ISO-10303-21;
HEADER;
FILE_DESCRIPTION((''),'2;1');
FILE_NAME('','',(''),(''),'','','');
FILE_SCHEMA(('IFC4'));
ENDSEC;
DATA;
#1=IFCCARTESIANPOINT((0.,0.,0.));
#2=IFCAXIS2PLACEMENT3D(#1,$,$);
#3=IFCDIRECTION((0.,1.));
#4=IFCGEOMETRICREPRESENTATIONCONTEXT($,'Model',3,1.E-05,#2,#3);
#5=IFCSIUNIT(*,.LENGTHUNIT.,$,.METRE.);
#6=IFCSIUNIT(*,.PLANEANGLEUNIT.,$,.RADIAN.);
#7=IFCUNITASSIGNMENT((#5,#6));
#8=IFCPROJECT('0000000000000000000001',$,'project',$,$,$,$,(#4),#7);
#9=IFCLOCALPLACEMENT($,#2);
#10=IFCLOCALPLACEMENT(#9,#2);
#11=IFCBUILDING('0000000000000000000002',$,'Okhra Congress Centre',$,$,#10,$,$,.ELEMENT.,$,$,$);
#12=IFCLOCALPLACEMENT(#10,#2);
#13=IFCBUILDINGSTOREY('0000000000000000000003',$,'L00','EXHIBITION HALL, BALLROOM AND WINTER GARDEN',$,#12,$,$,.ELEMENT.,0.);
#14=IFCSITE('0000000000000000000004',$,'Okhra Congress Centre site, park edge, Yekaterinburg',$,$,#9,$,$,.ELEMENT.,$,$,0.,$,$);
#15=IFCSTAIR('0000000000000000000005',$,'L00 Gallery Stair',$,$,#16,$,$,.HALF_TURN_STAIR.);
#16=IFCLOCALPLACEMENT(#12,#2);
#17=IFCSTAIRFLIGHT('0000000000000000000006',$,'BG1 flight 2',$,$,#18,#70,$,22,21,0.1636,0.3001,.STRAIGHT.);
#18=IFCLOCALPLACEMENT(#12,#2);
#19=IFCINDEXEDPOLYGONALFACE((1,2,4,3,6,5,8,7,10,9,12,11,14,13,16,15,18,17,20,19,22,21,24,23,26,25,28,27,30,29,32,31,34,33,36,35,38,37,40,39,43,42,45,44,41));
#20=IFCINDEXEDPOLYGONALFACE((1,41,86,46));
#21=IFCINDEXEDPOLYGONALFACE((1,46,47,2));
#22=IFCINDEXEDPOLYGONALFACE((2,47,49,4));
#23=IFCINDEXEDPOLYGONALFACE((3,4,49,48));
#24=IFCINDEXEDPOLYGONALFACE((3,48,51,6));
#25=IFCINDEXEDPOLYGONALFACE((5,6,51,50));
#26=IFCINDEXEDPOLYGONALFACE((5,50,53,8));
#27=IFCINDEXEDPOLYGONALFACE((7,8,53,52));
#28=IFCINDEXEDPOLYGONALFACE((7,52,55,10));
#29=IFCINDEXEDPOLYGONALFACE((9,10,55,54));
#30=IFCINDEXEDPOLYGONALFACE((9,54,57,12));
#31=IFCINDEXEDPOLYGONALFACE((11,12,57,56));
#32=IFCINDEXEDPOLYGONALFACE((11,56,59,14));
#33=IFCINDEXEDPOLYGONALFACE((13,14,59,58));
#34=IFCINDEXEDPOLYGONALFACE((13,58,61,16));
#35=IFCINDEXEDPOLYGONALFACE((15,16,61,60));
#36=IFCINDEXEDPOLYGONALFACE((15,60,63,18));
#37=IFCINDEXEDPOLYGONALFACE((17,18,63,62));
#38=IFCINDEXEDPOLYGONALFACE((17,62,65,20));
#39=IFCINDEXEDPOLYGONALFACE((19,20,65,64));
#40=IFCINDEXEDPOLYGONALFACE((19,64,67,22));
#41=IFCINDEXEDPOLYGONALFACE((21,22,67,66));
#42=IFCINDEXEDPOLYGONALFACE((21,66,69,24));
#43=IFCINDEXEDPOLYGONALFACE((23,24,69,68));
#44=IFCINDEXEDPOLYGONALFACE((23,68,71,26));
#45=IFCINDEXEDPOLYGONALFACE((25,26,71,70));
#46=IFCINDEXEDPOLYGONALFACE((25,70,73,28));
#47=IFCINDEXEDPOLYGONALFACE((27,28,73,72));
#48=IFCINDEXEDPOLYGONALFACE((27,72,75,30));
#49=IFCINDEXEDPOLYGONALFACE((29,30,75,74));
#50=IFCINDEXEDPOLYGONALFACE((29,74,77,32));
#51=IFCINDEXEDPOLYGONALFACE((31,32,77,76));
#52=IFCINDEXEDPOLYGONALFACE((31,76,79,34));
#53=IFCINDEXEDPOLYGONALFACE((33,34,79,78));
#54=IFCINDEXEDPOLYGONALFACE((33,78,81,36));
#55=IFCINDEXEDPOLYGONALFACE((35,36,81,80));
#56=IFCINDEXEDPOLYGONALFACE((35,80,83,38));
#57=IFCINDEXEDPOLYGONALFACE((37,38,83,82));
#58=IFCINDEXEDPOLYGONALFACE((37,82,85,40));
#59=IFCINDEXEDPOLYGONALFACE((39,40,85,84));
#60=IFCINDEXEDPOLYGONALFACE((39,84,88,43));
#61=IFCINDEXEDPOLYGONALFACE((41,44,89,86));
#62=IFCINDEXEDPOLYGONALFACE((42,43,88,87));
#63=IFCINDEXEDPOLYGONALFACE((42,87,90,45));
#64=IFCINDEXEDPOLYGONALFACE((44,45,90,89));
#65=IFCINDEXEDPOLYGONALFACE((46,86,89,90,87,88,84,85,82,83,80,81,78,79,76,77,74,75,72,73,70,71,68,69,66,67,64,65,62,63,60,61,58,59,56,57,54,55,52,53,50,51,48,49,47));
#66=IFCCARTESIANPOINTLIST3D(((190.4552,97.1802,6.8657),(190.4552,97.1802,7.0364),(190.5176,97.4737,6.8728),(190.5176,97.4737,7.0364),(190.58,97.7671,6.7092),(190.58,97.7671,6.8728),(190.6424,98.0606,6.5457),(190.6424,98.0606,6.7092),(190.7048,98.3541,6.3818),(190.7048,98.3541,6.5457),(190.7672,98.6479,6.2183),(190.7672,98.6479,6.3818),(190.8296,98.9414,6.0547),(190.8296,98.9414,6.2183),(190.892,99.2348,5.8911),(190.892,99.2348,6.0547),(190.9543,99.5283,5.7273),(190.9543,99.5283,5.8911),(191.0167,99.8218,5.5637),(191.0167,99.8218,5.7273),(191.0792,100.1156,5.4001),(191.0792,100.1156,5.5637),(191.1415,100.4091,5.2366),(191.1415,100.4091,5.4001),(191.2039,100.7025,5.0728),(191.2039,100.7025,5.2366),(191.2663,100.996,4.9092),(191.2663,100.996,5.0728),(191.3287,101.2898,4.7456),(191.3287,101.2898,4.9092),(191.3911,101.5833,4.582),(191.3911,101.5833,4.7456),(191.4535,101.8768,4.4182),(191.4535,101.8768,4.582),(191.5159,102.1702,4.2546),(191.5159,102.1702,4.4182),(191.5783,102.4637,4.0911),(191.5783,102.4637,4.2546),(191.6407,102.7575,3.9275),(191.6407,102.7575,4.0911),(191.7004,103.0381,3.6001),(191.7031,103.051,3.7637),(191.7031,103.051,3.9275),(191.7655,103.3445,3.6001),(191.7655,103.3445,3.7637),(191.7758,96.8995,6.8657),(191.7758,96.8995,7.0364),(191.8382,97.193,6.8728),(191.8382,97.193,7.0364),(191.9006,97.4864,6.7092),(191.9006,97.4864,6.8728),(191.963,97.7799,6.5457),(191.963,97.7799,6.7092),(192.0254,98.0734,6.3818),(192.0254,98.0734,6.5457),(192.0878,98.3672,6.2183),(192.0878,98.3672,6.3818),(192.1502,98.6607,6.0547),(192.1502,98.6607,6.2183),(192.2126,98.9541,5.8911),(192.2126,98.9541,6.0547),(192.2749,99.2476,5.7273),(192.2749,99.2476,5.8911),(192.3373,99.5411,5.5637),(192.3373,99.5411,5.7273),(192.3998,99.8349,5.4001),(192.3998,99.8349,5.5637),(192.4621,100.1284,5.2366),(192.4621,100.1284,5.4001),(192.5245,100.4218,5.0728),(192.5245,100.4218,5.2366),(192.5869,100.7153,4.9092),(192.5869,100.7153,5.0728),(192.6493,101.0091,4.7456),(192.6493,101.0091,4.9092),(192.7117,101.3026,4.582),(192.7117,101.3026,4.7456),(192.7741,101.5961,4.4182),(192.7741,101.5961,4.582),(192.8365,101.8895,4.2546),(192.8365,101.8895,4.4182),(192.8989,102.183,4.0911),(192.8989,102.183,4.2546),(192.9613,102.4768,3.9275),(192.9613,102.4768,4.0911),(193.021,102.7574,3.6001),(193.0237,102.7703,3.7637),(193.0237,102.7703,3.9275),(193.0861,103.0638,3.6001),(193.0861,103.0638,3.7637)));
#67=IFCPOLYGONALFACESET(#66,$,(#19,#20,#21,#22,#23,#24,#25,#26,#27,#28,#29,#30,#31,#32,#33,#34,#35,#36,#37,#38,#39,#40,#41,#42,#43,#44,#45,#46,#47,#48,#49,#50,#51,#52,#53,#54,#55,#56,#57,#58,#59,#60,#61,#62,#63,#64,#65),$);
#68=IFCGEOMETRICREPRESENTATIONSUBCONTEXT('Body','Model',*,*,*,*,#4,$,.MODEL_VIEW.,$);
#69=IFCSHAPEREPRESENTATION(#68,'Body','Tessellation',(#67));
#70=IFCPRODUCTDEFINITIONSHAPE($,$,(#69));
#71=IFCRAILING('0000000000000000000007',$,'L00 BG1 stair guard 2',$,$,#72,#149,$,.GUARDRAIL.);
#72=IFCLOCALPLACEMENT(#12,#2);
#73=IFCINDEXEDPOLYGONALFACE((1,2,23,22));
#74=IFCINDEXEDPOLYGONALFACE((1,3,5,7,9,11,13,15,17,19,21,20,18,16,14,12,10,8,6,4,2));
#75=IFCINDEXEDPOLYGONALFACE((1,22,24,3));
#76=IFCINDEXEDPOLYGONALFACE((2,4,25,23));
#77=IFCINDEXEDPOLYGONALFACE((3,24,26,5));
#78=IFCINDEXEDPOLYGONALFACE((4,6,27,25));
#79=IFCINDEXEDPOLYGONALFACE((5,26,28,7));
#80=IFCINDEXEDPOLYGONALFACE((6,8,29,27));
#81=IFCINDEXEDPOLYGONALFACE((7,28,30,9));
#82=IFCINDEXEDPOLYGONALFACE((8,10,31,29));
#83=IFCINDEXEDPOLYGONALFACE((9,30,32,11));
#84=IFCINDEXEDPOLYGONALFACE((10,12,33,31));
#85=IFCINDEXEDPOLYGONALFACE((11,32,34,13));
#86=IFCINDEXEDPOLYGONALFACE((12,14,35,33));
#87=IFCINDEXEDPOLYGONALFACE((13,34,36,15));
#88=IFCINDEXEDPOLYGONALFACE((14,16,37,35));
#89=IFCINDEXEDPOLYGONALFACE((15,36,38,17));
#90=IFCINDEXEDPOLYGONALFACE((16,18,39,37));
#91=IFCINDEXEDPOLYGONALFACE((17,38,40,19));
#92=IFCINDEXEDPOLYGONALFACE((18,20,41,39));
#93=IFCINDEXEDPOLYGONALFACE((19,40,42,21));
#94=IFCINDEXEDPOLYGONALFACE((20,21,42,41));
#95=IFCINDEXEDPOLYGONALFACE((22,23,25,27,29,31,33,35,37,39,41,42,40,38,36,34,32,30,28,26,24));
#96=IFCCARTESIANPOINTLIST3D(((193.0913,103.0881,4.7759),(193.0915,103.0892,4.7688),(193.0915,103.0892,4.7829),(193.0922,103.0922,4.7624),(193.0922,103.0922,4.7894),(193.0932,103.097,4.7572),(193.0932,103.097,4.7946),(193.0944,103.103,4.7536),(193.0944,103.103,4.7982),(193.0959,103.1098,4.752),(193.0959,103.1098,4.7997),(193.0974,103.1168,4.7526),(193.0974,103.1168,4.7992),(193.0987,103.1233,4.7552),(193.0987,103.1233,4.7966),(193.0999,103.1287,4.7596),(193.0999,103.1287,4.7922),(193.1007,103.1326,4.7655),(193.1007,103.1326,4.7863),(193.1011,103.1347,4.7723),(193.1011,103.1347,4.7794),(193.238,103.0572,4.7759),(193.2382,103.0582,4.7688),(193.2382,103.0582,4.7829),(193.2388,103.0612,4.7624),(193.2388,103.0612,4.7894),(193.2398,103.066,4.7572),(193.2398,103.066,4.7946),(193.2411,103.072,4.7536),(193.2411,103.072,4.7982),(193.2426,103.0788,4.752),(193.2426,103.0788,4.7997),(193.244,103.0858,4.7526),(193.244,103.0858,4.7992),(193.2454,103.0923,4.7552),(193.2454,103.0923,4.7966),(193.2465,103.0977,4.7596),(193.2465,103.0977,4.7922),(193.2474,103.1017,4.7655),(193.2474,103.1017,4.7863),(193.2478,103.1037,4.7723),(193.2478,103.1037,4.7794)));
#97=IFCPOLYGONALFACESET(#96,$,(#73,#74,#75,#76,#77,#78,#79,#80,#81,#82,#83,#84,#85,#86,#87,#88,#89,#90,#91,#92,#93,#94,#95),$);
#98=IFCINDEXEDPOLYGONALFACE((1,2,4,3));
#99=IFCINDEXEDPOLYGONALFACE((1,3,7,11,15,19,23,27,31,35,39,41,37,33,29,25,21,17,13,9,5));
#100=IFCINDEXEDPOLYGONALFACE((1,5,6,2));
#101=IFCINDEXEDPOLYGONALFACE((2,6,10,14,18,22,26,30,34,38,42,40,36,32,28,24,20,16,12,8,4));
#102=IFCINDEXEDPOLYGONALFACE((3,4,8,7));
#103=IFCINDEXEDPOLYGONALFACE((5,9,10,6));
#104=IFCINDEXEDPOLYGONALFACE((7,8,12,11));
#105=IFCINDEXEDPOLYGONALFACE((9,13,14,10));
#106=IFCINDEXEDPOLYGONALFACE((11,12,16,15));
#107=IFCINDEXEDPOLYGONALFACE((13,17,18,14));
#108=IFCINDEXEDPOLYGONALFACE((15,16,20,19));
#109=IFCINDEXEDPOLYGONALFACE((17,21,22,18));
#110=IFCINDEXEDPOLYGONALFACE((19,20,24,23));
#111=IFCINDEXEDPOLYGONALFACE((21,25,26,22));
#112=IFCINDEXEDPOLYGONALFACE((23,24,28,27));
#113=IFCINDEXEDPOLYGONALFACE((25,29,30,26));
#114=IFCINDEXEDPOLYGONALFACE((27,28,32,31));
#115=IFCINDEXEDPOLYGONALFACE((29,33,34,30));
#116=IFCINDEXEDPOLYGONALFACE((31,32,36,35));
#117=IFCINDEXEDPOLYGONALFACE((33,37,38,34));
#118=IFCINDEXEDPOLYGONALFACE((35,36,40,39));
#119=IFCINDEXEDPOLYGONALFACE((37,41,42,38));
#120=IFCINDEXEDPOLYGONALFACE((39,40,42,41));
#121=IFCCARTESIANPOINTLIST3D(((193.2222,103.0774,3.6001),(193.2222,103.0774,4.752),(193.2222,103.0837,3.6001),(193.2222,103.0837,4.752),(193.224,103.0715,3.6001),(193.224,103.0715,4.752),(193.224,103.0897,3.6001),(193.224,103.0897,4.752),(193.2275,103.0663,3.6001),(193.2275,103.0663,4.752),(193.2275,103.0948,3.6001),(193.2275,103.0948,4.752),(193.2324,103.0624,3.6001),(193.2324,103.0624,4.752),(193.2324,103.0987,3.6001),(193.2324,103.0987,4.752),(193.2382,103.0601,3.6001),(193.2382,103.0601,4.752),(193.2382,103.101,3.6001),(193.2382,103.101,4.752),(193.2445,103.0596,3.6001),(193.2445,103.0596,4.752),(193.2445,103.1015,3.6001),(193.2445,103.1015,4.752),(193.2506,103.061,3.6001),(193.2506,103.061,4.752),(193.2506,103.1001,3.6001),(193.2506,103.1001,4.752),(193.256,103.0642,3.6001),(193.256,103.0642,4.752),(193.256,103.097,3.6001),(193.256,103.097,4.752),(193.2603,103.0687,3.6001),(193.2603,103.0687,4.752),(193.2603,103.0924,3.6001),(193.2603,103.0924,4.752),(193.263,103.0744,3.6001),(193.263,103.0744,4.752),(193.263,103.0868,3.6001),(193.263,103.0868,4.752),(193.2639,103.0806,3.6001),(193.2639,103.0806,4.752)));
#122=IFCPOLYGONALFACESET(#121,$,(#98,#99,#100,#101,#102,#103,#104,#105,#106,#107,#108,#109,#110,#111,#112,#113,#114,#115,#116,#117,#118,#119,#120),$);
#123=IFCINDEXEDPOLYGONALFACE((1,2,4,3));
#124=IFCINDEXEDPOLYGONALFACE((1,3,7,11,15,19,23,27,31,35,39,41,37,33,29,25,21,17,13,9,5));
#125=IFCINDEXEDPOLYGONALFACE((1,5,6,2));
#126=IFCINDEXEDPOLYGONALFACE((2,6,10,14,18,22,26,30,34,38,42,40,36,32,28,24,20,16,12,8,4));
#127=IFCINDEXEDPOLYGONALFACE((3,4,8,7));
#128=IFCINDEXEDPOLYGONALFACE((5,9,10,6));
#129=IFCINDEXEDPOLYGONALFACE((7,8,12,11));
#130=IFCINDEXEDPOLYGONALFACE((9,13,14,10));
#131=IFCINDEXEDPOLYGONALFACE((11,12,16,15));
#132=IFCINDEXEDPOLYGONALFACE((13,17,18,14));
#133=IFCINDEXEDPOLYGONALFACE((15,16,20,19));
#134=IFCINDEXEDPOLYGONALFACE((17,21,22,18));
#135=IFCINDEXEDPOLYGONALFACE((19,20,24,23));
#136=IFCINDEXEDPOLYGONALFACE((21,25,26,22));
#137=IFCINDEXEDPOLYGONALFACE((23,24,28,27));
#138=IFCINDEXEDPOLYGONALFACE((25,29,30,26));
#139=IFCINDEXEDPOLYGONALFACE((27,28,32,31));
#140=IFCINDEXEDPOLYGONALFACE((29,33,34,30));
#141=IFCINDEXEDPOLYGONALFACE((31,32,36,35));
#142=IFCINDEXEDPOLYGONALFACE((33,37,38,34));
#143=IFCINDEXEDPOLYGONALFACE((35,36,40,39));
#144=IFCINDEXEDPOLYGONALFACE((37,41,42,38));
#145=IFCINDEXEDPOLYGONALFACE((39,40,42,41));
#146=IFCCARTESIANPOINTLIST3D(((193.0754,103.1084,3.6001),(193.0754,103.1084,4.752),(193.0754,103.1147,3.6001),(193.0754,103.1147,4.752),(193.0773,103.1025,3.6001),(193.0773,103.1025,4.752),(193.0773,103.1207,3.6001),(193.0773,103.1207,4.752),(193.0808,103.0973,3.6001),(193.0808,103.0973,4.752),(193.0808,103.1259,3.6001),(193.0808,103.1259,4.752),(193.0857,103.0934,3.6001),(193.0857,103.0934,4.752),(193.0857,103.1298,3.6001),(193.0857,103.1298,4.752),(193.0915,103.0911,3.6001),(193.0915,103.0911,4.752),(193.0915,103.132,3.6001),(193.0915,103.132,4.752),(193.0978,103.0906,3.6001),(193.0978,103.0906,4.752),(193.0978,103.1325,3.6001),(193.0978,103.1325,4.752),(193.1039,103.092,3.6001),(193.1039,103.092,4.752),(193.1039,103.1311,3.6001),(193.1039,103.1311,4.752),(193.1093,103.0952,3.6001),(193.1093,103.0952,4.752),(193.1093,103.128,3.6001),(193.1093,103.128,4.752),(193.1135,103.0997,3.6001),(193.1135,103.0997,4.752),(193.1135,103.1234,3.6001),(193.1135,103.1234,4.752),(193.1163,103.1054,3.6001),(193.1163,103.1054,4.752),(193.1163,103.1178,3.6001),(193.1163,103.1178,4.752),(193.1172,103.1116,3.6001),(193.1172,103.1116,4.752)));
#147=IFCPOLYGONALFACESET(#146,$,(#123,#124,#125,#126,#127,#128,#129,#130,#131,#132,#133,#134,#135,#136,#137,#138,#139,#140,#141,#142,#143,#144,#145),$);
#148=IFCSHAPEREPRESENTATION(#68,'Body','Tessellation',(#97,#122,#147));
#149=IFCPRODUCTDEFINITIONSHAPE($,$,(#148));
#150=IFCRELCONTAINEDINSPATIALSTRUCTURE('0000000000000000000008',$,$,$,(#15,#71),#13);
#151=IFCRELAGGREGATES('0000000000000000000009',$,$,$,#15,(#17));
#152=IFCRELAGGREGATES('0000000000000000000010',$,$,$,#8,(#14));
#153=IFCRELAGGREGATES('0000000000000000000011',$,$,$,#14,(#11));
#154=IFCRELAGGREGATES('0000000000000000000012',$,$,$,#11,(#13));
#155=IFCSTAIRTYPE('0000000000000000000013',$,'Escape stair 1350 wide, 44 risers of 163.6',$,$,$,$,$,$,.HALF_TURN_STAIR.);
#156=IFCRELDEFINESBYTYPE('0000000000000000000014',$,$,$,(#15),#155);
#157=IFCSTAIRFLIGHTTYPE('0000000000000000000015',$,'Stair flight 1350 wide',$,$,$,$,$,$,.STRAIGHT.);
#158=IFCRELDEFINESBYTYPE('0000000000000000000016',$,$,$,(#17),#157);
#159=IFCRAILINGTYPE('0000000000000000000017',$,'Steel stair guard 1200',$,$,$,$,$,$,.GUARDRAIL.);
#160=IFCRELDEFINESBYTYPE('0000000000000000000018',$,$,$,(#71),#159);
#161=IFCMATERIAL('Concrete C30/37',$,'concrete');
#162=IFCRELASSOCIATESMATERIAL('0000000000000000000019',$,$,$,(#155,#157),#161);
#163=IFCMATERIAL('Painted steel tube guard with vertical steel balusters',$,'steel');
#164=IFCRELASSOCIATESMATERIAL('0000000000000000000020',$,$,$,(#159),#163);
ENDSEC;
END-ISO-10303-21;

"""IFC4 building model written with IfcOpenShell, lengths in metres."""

from ifc_helpers import new_model, si_unit, direction, frame, origin, origin_2d, place, context, subcontext, project, spatial, polyline, circle, outline, extrude, material, type_object, element, aggregate, save


model = new_model("IFC4")

# Units and contexts
model_context = context("Model", 3, precision=1e-05, world=origin(), true_north=direction((0.0, 1.0)))
body_context = subcontext(model_context, "Body", "Model", "MODEL_VIEW")
ifc_project = project(units=[si_unit("LENGTHUNIT", "METRE"), si_unit("PLANEANGLEUNIT", "RADIAN")], contexts=[model_context])

# Site, building, storey
site_placement = place(None, origin())
site = spatial("IfcSite", under=ifc_project, at=site_placement, Name="Okhra Congress Centre site, park edge, Yekaterinburg", CompositionType="ELEMENT", RefElevation=0.0)
building_placement = place(site_placement, origin())
building = spatial("IfcBuilding", under=site, at=building_placement, Name="Okhra Congress Centre", CompositionType="ELEMENT")
storey_placement = place(building_placement, origin())
storey = spatial("IfcBuildingStorey", under=building, at=storey_placement, Name="L00", Description="EXHIBITION HALL, BALLROOM AND WINTER GARDEN", CompositionType="ELEMENT", Elevation=0.0)

# Shared definitions
ifc_material_1 = material(Name="Concrete C30/37", Category="concrete")

# Stair, stair flight
stair_type = type_object("IfcStairType", Name="Escape stair 1350 wide, 44 risers of 163.6", PredefinedType="HALF_TURN_STAIR", material=ifc_material_1)
stair_placement = place(storey_placement, origin())
stair = element("IfcStair", 1, at=stair_placement, inside=storey, type_object=stair_type, Name="L00 Gallery Stair", PredefinedType="HALF_TURN_STAIR")
stair_flight_type = type_object("IfcStairFlightType", Name="Stair flight 1350 wide", PredefinedType="STRAIGHT", material=ifc_material_1)
stair_flight_1_placement = place(storey_placement, frame((192.4258, 103.2041, 3.6001), z_axis=(0.0, 0.0, 1.0), x_axis=(-0.207912, -0.978148, 0.0)))
stair_flight_1 = element("IfcStairFlight", 2, at=stair_flight_1_placement, type_object=stair_flight_type, Name="BG1 flight 2", NumberOfRisers=22, NumberOfTreads=21, PredefinedType="STRAIGHT", RiserHeight=0.1636, TreadLength=0.3001, context=body_context, shape_type="SweptSolid", body=[
    extrude(outline(polyline([(0.0, 0.0), (0.0, 0.1636), (0.3, 0.1636), (0.3, 0.3274), (0.6001, 0.3274), (0.6001, 0.491), (0.9004, 0.491), (0.9004, 0.6545), (1.2004, 0.6545), (1.2004, 0.8181), (1.5005, 0.8181), (1.5005, 0.9819), (1.8005, 0.9819), (1.8005, 1.1455), (2.1006, 1.1455), (2.1006, 1.3091), (2.4009, 1.3091), (2.4009, 1.4727), (2.7009, 1.4727), (2.7009, 1.6365), (3.001, 1.6365), (3.001, 1.8), (3.301, 1.8), (3.301, 1.9636), (3.6013, 1.9636), (3.6013, 2.1272), (3.9014, 2.1272), (3.9014, 2.291), (4.2014, 2.291), (4.2014, 2.4546), (4.5015, 2.4546), (4.5015, 2.6182), (4.8015, 2.6182), (4.8015, 2.7817), (5.1018, 2.7817), (5.1018, 2.9456), (5.4019, 2.9456), (5.4019, 3.1091), (5.7019, 3.1091), (5.7019, 3.2727), (6.002, 3.2727), (6.002, 3.4363), (6.302, 3.4363), (6.302, 3.6001), (6.302, 3.2656), (0.3132, 0.0), (0.0, 0.0)])), frame((0.0, 0.675, 0.0), z_axis=(0.0, -1.0, 0.0), x_axis=(1.0, 0.0, 0.0)), (0.0, 0.0, 1.0), 1.3501),
])
aggregate(stair, [stair_flight_1])

# Railing
ifc_material_2 = material(Name="Painted steel tube guard with vertical steel balusters", Category="steel")
railing_type_1 = type_object("IfcRailingType", Name="Steel stair guard 1200", PredefinedType="GUARDRAIL", material=ifc_material_2)
railing_1_placement = place(storey_placement, frame((193.2429, 103.0806, 3.6001)))
element("IfcRailing", 3, at=railing_1_placement, inside=storey, type_object=railing_type_1, Name="L00 BG1 stair guard 2", PredefinedType="GUARDRAIL", context=body_context, shape_type="SweptSolid", body=[
    extrude(circle(Radius=0.0239, at=origin_2d()), frame((0.0, 0.0, 1.1758), z_axis=(-0.978394, 0.206749, 0.0), x_axis=(-0.206749, -0.978394, 0.0)), (0.0, 0.0, 1.0), 0.1499),
    extrude(circle(Radius=0.021, at=origin_2d()), origin(), (0.0, 0.0, 1.0), 1.1519),
    extrude(circle(Radius=0.021, at=origin_2d()), frame((-0.1467, 0.031, 0.0)), (0.0, 0.0, 1.0), 1.1519),
])

save(model, "model.ifc")
